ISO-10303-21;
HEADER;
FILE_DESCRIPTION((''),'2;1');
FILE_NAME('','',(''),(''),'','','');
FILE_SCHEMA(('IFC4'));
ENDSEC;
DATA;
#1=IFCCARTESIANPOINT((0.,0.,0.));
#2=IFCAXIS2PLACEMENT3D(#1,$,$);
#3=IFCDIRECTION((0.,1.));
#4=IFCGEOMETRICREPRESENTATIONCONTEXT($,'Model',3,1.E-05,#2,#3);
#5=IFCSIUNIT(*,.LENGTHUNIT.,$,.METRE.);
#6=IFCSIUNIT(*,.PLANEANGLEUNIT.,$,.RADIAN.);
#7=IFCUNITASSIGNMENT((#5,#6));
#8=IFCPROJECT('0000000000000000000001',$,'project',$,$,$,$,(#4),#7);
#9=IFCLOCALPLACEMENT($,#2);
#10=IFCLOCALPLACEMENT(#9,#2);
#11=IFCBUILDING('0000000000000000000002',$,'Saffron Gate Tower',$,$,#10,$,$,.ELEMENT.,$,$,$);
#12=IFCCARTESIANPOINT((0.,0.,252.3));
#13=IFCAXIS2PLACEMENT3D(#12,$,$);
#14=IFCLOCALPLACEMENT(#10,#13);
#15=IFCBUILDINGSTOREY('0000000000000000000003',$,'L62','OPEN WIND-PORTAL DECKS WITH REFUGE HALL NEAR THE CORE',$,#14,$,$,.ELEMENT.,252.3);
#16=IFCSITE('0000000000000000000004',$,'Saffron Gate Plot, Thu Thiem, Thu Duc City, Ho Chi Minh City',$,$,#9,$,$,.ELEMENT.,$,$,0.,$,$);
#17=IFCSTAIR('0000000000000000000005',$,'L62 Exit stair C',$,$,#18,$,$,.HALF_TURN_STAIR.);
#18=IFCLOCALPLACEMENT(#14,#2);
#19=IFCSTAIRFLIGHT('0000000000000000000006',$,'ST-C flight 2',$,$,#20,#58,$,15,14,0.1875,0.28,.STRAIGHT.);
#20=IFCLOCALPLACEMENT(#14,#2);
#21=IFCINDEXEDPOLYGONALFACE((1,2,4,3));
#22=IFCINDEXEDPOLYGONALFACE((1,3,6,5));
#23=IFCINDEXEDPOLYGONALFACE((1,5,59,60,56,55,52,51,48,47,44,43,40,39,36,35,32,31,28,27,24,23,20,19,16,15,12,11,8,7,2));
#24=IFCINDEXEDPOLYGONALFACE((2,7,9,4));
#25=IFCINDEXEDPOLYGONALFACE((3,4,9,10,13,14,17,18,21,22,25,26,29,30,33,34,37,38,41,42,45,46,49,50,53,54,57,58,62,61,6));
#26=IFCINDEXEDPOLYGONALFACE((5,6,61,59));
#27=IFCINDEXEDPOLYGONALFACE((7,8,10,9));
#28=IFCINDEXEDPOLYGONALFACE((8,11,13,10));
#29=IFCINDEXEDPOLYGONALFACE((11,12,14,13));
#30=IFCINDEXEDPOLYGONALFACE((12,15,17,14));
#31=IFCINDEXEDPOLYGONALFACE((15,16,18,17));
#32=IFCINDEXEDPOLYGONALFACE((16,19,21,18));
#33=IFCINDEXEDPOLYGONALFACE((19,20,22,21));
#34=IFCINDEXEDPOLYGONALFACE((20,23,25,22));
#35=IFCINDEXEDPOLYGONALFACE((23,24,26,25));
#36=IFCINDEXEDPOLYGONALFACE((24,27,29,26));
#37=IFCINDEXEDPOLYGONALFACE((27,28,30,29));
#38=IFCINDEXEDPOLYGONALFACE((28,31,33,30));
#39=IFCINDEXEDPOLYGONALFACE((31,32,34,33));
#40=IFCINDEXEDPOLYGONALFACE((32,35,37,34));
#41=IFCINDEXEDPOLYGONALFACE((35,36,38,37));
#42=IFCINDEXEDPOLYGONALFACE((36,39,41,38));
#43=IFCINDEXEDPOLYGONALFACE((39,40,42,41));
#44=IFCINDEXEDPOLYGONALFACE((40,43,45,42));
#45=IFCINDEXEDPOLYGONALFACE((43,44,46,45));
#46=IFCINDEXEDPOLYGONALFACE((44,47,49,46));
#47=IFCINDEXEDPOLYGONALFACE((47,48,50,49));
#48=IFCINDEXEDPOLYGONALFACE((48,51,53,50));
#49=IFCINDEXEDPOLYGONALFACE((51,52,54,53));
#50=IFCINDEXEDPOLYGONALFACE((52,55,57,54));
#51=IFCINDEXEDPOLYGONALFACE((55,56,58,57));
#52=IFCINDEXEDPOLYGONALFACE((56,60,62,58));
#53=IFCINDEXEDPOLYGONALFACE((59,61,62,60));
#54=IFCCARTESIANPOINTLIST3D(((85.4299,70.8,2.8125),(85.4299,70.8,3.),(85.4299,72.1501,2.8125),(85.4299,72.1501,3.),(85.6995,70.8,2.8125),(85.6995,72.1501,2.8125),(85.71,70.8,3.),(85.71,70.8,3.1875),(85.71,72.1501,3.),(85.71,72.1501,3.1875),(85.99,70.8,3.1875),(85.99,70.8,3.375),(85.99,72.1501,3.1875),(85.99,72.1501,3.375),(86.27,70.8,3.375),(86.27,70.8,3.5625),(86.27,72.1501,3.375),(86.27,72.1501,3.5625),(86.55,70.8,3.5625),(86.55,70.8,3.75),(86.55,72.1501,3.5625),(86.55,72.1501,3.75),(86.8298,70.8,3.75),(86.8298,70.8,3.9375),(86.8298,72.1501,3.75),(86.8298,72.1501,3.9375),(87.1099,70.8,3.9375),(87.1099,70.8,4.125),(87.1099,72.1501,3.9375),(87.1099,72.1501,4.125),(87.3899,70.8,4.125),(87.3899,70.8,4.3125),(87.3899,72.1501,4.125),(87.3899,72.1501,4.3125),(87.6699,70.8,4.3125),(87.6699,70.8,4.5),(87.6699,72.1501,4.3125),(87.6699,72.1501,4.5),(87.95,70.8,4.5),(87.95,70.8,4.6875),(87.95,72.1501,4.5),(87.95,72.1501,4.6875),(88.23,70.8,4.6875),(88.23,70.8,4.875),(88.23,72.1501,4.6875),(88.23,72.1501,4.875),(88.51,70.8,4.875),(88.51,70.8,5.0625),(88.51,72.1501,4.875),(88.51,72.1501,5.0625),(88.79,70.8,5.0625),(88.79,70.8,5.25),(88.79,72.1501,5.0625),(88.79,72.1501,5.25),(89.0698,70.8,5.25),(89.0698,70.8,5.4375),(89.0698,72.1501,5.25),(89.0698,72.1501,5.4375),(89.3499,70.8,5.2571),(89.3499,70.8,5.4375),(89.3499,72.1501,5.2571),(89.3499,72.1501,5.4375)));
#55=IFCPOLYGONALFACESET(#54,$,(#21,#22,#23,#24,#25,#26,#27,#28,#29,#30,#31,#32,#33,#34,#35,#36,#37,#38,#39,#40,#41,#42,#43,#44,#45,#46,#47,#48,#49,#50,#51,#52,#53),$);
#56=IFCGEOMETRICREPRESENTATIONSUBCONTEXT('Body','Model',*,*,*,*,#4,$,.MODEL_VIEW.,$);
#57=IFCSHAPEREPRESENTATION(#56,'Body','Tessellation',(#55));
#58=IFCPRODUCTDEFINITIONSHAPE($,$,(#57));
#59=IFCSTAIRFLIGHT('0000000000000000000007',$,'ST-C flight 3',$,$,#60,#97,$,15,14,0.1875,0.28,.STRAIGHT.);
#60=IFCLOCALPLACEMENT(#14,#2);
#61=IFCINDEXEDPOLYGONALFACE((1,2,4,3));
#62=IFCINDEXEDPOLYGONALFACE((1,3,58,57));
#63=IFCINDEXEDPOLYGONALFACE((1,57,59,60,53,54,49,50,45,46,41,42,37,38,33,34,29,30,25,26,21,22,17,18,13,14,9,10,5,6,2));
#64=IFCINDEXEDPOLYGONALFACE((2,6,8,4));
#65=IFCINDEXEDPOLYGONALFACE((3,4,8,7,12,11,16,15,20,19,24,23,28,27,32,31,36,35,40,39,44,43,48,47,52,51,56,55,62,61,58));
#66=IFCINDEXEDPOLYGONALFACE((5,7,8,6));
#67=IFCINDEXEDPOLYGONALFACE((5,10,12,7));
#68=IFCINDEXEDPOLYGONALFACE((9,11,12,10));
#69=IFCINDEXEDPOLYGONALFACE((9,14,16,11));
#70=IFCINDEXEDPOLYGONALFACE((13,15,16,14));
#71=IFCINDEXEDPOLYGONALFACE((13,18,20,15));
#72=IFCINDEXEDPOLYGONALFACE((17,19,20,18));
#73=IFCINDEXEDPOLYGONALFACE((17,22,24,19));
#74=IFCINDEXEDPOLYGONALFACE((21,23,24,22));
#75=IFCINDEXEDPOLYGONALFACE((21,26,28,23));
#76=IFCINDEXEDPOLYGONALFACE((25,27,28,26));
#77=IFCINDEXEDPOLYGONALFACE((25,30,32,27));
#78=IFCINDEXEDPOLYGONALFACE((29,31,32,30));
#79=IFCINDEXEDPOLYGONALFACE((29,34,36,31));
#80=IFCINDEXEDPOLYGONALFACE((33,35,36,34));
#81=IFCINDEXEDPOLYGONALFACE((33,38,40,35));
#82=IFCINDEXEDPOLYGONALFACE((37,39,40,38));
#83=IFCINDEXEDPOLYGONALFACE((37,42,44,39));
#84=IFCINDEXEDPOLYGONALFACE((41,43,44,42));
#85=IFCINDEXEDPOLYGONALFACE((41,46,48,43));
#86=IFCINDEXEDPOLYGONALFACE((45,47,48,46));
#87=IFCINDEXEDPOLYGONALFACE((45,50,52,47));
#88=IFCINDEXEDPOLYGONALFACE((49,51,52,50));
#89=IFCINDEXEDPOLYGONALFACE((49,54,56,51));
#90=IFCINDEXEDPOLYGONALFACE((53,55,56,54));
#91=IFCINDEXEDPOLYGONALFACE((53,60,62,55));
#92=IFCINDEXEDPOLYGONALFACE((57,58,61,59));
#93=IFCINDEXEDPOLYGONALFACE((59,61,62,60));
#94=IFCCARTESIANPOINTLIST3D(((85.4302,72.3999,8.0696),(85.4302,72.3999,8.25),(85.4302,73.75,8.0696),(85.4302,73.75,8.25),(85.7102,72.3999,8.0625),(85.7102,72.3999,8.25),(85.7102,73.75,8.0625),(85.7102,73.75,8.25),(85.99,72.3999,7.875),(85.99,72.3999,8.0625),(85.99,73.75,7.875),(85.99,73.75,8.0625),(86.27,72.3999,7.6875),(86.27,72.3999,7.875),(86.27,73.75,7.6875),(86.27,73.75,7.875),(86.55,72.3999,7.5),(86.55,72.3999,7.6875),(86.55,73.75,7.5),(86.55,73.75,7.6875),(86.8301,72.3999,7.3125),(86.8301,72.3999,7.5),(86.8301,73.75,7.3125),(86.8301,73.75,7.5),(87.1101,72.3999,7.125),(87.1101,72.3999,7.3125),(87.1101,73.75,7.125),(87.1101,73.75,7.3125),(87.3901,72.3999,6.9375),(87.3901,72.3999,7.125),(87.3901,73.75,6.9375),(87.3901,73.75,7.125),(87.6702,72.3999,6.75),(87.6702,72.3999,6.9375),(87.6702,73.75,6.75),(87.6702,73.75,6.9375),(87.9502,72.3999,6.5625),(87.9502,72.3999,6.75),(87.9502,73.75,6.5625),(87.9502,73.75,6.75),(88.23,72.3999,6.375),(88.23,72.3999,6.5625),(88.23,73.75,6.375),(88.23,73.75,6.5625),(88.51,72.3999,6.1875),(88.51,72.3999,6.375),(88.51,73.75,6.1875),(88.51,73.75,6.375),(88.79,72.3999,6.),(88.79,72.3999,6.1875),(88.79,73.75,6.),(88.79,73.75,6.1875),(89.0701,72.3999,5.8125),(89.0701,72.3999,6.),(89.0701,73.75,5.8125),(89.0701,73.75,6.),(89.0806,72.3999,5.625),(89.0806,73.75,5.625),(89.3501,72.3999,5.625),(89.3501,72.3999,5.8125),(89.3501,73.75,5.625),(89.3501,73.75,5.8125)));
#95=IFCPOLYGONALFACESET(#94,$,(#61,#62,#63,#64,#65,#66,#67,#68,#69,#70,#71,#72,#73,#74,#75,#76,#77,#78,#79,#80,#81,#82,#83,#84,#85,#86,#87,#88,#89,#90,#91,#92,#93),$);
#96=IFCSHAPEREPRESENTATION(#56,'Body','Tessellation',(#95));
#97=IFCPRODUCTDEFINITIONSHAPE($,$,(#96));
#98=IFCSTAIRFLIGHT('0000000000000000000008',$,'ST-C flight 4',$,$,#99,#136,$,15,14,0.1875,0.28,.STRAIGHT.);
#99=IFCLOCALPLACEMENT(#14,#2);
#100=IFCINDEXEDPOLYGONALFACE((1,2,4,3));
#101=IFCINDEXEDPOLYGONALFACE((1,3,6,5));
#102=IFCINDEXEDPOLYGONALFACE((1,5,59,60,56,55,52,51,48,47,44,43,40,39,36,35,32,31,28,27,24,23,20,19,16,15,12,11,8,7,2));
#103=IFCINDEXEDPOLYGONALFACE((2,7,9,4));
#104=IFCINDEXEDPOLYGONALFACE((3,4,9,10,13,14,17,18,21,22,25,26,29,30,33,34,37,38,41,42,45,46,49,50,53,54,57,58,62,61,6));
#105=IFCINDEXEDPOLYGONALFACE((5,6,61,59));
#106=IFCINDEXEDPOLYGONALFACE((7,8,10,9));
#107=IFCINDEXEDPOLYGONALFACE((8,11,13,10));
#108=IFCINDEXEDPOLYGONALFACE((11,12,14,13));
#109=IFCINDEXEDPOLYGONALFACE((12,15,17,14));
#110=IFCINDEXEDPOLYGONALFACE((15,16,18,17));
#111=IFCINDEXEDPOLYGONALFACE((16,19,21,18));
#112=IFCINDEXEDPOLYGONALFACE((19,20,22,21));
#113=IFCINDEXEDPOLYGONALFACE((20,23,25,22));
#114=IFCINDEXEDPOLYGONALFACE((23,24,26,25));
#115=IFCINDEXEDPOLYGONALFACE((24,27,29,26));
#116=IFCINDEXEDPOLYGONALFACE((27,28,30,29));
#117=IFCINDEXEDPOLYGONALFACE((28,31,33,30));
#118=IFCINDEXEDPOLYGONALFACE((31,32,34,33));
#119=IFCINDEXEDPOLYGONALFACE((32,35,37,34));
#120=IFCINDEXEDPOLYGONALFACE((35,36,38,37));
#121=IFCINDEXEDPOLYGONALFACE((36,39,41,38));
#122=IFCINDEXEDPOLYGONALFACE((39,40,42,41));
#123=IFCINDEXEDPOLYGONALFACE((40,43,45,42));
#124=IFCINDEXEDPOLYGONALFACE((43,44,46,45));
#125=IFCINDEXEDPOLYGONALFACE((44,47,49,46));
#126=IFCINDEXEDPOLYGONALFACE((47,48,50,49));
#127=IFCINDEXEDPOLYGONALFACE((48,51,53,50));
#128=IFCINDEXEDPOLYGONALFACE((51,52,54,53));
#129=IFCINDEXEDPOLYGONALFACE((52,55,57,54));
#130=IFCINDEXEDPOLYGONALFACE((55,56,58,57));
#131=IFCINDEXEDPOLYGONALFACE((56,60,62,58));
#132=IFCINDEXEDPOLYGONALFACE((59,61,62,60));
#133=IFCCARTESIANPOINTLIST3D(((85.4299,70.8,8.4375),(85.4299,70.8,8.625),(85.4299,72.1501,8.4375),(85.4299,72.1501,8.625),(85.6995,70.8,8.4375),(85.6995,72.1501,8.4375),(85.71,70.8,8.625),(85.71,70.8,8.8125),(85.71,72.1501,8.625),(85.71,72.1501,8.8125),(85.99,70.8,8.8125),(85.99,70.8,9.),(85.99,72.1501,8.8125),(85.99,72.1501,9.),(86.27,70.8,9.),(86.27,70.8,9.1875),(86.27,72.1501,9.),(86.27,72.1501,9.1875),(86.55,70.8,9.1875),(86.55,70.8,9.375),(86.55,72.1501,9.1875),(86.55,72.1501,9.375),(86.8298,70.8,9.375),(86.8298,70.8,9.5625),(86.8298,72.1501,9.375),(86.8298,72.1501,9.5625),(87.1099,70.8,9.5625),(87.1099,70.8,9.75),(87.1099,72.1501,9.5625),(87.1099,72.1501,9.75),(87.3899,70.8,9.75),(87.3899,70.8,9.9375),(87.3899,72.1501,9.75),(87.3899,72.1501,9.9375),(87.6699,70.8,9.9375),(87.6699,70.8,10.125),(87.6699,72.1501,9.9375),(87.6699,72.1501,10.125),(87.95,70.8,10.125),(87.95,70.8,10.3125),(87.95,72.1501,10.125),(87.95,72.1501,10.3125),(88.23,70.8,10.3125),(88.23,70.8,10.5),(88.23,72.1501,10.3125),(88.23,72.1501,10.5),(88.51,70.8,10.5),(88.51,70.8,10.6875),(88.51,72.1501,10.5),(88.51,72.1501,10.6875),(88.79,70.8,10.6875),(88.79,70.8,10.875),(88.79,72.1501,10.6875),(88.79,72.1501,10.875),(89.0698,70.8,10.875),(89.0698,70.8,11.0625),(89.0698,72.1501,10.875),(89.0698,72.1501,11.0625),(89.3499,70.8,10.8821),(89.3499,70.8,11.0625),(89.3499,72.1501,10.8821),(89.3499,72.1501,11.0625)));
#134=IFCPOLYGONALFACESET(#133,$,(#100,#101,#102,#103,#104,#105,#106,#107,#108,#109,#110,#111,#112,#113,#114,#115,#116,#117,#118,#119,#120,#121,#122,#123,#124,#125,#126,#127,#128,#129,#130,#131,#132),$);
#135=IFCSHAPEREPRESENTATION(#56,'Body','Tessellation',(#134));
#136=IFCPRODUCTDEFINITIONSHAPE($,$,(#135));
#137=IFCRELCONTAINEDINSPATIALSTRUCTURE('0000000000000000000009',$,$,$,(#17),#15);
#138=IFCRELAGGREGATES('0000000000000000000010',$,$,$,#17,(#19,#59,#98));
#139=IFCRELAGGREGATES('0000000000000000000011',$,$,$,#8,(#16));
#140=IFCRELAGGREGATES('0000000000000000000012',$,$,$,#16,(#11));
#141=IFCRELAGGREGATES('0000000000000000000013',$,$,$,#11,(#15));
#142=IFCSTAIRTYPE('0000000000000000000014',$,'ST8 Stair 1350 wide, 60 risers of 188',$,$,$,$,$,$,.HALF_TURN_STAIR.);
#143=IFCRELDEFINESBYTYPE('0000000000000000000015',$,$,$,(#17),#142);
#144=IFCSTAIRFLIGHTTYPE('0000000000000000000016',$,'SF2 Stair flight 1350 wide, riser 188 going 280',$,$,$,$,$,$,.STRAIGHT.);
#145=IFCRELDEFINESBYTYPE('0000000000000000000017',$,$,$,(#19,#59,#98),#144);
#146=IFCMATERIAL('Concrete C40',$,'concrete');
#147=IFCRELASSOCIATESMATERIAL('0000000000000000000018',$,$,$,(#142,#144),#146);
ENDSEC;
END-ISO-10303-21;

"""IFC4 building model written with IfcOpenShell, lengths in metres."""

from ifc_helpers import new_model, si_unit, direction, frame, origin, place, context, subcontext, project, spatial, polyline, outline, extrude, material, type_object, element, aggregate, save


model = new_model("IFC4")

# Units and contexts
model_context = context("Model", 3, precision=1e-05, world=origin(), true_north=direction((0.0, 1.0)))
body_context = subcontext(model_context, "Body", "Model", "MODEL_VIEW")
ifc_project = project(units=[si_unit("LENGTHUNIT", "METRE"), si_unit("PLANEANGLEUNIT", "RADIAN")], contexts=[model_context])

# Site, building, storey
site_placement = place(None, origin())
site = spatial("IfcSite", under=ifc_project, at=site_placement, Name="Saffron Gate Plot, Thu Thiem, Thu Duc City, Ho Chi Minh City", CompositionType="ELEMENT", RefElevation=0.0)
building_placement = place(site_placement, origin())
building = spatial("IfcBuilding", under=site, at=building_placement, Name="Saffron Gate Tower", CompositionType="ELEMENT")
storey_placement = place(building_placement, frame((0.0, 0.0, 252.3)))
storey = spatial("IfcBuildingStorey", under=building, at=storey_placement, Name="L62", Description="OPEN WIND-PORTAL DECKS WITH REFUGE HALL NEAR THE CORE", CompositionType="ELEMENT", Elevation=252.3)

# Stair, stair flights
ifc_material_1 = material(Name="Concrete C40", Category="concrete")
stair_type = type_object("IfcStairType", Name="ST8 Stair 1350 wide, 60 risers of 188", PredefinedType="HALF_TURN_STAIR", material=ifc_material_1)
stair_placement = place(storey_placement, origin())
stair = element("IfcStair", 1, at=stair_placement, inside=storey, type_object=stair_type, Name="L62 Exit stair C", PredefinedType="HALF_TURN_STAIR")
stair_flight_type = type_object("IfcStairFlightType", Name="SF2 Stair flight 1350 wide, riser 188 going 280", PredefinedType="STRAIGHT", material=ifc_material_1)
stair_flight_1_placement = place(storey_placement, frame((85.4299, 71.4751, 2.8125), z_axis=(0.0, 0.0, 1.0), x_axis=(1.0, 0.0, 0.0)))
stair_flight_1 = element("IfcStairFlight", 2, at=stair_flight_1_placement, type_object=stair_flight_type, Name="ST-C flight 2", NumberOfRisers=15, NumberOfTreads=14, PredefinedType="STRAIGHT", RiserHeight=0.1875, TreadLength=0.28, context=body_context, shape_type="SweptSolid", body=[
    extrude(outline(polyline([(0.0, 0.0), (0.0, 0.1875), (0.28, 0.1875), (0.28, 0.375), (0.5601, 0.375), (0.5601, 0.5625), (0.8401, 0.5625), (0.8401, 0.75), (1.1201, 0.75), (1.1201, 0.9375), (1.3999, 0.9375), (1.3999, 1.125), (1.6799, 1.125), (1.6799, 1.3125), (1.96, 1.3125), (1.96, 1.5), (2.24, 1.5), (2.24, 1.6875), (2.52, 1.6875), (2.52, 1.875), (2.8, 1.875), (2.8, 2.0625), (3.0801, 2.0625), (3.0801, 2.25), (3.3601, 2.25), (3.3601, 2.4375), (3.6399, 2.4375), (3.6399, 2.625), (3.9199, 2.625), (3.9199, 2.8125), (3.9199, 2.4446), (0.2695, 0.0), (0.0, 0.0)])), frame((0.0, 0.675, 0.0), z_axis=(0.0, -1.0, 0.0), x_axis=(1.0, 0.0, 0.0)), (0.0, 0.0, 1.0), 1.3501),
])
stair_flight_2_placement = place(storey_placement, frame((89.3501, 73.075, 5.625), z_axis=(0.0, 0.0, 1.0), x_axis=(-1.0, 0.0, 0.0)))
stair_flight_2 = element("IfcStairFlight", 3, at=stair_flight_2_placement, type_object=stair_flight_type, Name="ST-C flight 3", NumberOfRisers=15, NumberOfTreads=14, PredefinedType="STRAIGHT", RiserHeight=0.1875, TreadLength=0.28, context=body_context, shape_type="SweptSolid", body=[
    extrude(outline(polyline([(0.0, 0.0), (0.0, 0.1875), (0.28, 0.1875), (0.28, 0.375), (0.5601, 0.375), (0.5601, 0.5625), (0.8401, 0.5625), (0.8401, 0.75), (1.1201, 0.75), (1.1201, 0.9375), (1.3999, 0.9375), (1.3999, 1.125), (1.6799, 1.125), (1.6799, 1.3125), (1.96, 1.3125), (1.96, 1.5), (2.24, 1.5), (2.24, 1.6875), (2.52, 1.6875), (2.52, 1.875), (2.8, 1.875), (2.8, 2.0625), (3.0801, 2.0625), (3.0801, 2.25), (3.3601, 2.25), (3.3601, 2.4375), (3.6399, 2.4375), (3.6399, 2.625), (3.9199, 2.625), (3.9199, 2.8125), (3.9199, 2.4446), (0.2695, 0.0), (0.0, 0.0)])), frame((0.0, 0.675, 0.0), z_axis=(0.0, -1.0, 0.0), x_axis=(1.0, 0.0, 0.0)), (0.0, 0.0, 1.0), 1.3501),
])
stair_flight_3_placement = place(storey_placement, frame((85.4299, 71.4751, 8.4375), z_axis=(0.0, 0.0, 1.0), x_axis=(1.0, 0.0, 0.0)))
stair_flight_3 = element("IfcStairFlight", 4, at=stair_flight_3_placement, type_object=stair_flight_type, Name="ST-C flight 4", NumberOfRisers=15, NumberOfTreads=14, PredefinedType="STRAIGHT", RiserHeight=0.1875, TreadLength=0.28, context=body_context, shape_type="SweptSolid", body=[
    extrude(outline(polyline([(0.0, 0.0), (0.0, 0.1875), (0.28, 0.1875), (0.28, 0.375), (0.5601, 0.375), (0.5601, 0.5625), (0.8401, 0.5625), (0.8401, 0.75), (1.1201, 0.75), (1.1201, 0.9375), (1.3999, 0.9375), (1.3999, 1.125), (1.6799, 1.125), (1.6799, 1.3125), (1.96, 1.3125), (1.96, 1.5), (2.24, 1.5), (2.24, 1.6875), (2.52, 1.6875), (2.52, 1.875), (2.8, 1.875), (2.8, 2.0625), (3.0801, 2.0625), (3.0801, 2.25), (3.3601, 2.25), (3.3601, 2.4375), (3.6399, 2.4375), (3.6399, 2.625), (3.9199, 2.625), (3.9199, 2.8125), (3.9199, 2.4446), (0.2695, 0.0), (0.0, 0.0)])), frame((0.0, 0.675, 0.0), z_axis=(0.0, -1.0, 0.0), x_axis=(1.0, 0.0, 0.0)), (0.0, 0.0, 1.0), 1.3501),
])
aggregate(stair, [stair_flight_1, stair_flight_2, stair_flight_3])

save(model, "model.ifc")
